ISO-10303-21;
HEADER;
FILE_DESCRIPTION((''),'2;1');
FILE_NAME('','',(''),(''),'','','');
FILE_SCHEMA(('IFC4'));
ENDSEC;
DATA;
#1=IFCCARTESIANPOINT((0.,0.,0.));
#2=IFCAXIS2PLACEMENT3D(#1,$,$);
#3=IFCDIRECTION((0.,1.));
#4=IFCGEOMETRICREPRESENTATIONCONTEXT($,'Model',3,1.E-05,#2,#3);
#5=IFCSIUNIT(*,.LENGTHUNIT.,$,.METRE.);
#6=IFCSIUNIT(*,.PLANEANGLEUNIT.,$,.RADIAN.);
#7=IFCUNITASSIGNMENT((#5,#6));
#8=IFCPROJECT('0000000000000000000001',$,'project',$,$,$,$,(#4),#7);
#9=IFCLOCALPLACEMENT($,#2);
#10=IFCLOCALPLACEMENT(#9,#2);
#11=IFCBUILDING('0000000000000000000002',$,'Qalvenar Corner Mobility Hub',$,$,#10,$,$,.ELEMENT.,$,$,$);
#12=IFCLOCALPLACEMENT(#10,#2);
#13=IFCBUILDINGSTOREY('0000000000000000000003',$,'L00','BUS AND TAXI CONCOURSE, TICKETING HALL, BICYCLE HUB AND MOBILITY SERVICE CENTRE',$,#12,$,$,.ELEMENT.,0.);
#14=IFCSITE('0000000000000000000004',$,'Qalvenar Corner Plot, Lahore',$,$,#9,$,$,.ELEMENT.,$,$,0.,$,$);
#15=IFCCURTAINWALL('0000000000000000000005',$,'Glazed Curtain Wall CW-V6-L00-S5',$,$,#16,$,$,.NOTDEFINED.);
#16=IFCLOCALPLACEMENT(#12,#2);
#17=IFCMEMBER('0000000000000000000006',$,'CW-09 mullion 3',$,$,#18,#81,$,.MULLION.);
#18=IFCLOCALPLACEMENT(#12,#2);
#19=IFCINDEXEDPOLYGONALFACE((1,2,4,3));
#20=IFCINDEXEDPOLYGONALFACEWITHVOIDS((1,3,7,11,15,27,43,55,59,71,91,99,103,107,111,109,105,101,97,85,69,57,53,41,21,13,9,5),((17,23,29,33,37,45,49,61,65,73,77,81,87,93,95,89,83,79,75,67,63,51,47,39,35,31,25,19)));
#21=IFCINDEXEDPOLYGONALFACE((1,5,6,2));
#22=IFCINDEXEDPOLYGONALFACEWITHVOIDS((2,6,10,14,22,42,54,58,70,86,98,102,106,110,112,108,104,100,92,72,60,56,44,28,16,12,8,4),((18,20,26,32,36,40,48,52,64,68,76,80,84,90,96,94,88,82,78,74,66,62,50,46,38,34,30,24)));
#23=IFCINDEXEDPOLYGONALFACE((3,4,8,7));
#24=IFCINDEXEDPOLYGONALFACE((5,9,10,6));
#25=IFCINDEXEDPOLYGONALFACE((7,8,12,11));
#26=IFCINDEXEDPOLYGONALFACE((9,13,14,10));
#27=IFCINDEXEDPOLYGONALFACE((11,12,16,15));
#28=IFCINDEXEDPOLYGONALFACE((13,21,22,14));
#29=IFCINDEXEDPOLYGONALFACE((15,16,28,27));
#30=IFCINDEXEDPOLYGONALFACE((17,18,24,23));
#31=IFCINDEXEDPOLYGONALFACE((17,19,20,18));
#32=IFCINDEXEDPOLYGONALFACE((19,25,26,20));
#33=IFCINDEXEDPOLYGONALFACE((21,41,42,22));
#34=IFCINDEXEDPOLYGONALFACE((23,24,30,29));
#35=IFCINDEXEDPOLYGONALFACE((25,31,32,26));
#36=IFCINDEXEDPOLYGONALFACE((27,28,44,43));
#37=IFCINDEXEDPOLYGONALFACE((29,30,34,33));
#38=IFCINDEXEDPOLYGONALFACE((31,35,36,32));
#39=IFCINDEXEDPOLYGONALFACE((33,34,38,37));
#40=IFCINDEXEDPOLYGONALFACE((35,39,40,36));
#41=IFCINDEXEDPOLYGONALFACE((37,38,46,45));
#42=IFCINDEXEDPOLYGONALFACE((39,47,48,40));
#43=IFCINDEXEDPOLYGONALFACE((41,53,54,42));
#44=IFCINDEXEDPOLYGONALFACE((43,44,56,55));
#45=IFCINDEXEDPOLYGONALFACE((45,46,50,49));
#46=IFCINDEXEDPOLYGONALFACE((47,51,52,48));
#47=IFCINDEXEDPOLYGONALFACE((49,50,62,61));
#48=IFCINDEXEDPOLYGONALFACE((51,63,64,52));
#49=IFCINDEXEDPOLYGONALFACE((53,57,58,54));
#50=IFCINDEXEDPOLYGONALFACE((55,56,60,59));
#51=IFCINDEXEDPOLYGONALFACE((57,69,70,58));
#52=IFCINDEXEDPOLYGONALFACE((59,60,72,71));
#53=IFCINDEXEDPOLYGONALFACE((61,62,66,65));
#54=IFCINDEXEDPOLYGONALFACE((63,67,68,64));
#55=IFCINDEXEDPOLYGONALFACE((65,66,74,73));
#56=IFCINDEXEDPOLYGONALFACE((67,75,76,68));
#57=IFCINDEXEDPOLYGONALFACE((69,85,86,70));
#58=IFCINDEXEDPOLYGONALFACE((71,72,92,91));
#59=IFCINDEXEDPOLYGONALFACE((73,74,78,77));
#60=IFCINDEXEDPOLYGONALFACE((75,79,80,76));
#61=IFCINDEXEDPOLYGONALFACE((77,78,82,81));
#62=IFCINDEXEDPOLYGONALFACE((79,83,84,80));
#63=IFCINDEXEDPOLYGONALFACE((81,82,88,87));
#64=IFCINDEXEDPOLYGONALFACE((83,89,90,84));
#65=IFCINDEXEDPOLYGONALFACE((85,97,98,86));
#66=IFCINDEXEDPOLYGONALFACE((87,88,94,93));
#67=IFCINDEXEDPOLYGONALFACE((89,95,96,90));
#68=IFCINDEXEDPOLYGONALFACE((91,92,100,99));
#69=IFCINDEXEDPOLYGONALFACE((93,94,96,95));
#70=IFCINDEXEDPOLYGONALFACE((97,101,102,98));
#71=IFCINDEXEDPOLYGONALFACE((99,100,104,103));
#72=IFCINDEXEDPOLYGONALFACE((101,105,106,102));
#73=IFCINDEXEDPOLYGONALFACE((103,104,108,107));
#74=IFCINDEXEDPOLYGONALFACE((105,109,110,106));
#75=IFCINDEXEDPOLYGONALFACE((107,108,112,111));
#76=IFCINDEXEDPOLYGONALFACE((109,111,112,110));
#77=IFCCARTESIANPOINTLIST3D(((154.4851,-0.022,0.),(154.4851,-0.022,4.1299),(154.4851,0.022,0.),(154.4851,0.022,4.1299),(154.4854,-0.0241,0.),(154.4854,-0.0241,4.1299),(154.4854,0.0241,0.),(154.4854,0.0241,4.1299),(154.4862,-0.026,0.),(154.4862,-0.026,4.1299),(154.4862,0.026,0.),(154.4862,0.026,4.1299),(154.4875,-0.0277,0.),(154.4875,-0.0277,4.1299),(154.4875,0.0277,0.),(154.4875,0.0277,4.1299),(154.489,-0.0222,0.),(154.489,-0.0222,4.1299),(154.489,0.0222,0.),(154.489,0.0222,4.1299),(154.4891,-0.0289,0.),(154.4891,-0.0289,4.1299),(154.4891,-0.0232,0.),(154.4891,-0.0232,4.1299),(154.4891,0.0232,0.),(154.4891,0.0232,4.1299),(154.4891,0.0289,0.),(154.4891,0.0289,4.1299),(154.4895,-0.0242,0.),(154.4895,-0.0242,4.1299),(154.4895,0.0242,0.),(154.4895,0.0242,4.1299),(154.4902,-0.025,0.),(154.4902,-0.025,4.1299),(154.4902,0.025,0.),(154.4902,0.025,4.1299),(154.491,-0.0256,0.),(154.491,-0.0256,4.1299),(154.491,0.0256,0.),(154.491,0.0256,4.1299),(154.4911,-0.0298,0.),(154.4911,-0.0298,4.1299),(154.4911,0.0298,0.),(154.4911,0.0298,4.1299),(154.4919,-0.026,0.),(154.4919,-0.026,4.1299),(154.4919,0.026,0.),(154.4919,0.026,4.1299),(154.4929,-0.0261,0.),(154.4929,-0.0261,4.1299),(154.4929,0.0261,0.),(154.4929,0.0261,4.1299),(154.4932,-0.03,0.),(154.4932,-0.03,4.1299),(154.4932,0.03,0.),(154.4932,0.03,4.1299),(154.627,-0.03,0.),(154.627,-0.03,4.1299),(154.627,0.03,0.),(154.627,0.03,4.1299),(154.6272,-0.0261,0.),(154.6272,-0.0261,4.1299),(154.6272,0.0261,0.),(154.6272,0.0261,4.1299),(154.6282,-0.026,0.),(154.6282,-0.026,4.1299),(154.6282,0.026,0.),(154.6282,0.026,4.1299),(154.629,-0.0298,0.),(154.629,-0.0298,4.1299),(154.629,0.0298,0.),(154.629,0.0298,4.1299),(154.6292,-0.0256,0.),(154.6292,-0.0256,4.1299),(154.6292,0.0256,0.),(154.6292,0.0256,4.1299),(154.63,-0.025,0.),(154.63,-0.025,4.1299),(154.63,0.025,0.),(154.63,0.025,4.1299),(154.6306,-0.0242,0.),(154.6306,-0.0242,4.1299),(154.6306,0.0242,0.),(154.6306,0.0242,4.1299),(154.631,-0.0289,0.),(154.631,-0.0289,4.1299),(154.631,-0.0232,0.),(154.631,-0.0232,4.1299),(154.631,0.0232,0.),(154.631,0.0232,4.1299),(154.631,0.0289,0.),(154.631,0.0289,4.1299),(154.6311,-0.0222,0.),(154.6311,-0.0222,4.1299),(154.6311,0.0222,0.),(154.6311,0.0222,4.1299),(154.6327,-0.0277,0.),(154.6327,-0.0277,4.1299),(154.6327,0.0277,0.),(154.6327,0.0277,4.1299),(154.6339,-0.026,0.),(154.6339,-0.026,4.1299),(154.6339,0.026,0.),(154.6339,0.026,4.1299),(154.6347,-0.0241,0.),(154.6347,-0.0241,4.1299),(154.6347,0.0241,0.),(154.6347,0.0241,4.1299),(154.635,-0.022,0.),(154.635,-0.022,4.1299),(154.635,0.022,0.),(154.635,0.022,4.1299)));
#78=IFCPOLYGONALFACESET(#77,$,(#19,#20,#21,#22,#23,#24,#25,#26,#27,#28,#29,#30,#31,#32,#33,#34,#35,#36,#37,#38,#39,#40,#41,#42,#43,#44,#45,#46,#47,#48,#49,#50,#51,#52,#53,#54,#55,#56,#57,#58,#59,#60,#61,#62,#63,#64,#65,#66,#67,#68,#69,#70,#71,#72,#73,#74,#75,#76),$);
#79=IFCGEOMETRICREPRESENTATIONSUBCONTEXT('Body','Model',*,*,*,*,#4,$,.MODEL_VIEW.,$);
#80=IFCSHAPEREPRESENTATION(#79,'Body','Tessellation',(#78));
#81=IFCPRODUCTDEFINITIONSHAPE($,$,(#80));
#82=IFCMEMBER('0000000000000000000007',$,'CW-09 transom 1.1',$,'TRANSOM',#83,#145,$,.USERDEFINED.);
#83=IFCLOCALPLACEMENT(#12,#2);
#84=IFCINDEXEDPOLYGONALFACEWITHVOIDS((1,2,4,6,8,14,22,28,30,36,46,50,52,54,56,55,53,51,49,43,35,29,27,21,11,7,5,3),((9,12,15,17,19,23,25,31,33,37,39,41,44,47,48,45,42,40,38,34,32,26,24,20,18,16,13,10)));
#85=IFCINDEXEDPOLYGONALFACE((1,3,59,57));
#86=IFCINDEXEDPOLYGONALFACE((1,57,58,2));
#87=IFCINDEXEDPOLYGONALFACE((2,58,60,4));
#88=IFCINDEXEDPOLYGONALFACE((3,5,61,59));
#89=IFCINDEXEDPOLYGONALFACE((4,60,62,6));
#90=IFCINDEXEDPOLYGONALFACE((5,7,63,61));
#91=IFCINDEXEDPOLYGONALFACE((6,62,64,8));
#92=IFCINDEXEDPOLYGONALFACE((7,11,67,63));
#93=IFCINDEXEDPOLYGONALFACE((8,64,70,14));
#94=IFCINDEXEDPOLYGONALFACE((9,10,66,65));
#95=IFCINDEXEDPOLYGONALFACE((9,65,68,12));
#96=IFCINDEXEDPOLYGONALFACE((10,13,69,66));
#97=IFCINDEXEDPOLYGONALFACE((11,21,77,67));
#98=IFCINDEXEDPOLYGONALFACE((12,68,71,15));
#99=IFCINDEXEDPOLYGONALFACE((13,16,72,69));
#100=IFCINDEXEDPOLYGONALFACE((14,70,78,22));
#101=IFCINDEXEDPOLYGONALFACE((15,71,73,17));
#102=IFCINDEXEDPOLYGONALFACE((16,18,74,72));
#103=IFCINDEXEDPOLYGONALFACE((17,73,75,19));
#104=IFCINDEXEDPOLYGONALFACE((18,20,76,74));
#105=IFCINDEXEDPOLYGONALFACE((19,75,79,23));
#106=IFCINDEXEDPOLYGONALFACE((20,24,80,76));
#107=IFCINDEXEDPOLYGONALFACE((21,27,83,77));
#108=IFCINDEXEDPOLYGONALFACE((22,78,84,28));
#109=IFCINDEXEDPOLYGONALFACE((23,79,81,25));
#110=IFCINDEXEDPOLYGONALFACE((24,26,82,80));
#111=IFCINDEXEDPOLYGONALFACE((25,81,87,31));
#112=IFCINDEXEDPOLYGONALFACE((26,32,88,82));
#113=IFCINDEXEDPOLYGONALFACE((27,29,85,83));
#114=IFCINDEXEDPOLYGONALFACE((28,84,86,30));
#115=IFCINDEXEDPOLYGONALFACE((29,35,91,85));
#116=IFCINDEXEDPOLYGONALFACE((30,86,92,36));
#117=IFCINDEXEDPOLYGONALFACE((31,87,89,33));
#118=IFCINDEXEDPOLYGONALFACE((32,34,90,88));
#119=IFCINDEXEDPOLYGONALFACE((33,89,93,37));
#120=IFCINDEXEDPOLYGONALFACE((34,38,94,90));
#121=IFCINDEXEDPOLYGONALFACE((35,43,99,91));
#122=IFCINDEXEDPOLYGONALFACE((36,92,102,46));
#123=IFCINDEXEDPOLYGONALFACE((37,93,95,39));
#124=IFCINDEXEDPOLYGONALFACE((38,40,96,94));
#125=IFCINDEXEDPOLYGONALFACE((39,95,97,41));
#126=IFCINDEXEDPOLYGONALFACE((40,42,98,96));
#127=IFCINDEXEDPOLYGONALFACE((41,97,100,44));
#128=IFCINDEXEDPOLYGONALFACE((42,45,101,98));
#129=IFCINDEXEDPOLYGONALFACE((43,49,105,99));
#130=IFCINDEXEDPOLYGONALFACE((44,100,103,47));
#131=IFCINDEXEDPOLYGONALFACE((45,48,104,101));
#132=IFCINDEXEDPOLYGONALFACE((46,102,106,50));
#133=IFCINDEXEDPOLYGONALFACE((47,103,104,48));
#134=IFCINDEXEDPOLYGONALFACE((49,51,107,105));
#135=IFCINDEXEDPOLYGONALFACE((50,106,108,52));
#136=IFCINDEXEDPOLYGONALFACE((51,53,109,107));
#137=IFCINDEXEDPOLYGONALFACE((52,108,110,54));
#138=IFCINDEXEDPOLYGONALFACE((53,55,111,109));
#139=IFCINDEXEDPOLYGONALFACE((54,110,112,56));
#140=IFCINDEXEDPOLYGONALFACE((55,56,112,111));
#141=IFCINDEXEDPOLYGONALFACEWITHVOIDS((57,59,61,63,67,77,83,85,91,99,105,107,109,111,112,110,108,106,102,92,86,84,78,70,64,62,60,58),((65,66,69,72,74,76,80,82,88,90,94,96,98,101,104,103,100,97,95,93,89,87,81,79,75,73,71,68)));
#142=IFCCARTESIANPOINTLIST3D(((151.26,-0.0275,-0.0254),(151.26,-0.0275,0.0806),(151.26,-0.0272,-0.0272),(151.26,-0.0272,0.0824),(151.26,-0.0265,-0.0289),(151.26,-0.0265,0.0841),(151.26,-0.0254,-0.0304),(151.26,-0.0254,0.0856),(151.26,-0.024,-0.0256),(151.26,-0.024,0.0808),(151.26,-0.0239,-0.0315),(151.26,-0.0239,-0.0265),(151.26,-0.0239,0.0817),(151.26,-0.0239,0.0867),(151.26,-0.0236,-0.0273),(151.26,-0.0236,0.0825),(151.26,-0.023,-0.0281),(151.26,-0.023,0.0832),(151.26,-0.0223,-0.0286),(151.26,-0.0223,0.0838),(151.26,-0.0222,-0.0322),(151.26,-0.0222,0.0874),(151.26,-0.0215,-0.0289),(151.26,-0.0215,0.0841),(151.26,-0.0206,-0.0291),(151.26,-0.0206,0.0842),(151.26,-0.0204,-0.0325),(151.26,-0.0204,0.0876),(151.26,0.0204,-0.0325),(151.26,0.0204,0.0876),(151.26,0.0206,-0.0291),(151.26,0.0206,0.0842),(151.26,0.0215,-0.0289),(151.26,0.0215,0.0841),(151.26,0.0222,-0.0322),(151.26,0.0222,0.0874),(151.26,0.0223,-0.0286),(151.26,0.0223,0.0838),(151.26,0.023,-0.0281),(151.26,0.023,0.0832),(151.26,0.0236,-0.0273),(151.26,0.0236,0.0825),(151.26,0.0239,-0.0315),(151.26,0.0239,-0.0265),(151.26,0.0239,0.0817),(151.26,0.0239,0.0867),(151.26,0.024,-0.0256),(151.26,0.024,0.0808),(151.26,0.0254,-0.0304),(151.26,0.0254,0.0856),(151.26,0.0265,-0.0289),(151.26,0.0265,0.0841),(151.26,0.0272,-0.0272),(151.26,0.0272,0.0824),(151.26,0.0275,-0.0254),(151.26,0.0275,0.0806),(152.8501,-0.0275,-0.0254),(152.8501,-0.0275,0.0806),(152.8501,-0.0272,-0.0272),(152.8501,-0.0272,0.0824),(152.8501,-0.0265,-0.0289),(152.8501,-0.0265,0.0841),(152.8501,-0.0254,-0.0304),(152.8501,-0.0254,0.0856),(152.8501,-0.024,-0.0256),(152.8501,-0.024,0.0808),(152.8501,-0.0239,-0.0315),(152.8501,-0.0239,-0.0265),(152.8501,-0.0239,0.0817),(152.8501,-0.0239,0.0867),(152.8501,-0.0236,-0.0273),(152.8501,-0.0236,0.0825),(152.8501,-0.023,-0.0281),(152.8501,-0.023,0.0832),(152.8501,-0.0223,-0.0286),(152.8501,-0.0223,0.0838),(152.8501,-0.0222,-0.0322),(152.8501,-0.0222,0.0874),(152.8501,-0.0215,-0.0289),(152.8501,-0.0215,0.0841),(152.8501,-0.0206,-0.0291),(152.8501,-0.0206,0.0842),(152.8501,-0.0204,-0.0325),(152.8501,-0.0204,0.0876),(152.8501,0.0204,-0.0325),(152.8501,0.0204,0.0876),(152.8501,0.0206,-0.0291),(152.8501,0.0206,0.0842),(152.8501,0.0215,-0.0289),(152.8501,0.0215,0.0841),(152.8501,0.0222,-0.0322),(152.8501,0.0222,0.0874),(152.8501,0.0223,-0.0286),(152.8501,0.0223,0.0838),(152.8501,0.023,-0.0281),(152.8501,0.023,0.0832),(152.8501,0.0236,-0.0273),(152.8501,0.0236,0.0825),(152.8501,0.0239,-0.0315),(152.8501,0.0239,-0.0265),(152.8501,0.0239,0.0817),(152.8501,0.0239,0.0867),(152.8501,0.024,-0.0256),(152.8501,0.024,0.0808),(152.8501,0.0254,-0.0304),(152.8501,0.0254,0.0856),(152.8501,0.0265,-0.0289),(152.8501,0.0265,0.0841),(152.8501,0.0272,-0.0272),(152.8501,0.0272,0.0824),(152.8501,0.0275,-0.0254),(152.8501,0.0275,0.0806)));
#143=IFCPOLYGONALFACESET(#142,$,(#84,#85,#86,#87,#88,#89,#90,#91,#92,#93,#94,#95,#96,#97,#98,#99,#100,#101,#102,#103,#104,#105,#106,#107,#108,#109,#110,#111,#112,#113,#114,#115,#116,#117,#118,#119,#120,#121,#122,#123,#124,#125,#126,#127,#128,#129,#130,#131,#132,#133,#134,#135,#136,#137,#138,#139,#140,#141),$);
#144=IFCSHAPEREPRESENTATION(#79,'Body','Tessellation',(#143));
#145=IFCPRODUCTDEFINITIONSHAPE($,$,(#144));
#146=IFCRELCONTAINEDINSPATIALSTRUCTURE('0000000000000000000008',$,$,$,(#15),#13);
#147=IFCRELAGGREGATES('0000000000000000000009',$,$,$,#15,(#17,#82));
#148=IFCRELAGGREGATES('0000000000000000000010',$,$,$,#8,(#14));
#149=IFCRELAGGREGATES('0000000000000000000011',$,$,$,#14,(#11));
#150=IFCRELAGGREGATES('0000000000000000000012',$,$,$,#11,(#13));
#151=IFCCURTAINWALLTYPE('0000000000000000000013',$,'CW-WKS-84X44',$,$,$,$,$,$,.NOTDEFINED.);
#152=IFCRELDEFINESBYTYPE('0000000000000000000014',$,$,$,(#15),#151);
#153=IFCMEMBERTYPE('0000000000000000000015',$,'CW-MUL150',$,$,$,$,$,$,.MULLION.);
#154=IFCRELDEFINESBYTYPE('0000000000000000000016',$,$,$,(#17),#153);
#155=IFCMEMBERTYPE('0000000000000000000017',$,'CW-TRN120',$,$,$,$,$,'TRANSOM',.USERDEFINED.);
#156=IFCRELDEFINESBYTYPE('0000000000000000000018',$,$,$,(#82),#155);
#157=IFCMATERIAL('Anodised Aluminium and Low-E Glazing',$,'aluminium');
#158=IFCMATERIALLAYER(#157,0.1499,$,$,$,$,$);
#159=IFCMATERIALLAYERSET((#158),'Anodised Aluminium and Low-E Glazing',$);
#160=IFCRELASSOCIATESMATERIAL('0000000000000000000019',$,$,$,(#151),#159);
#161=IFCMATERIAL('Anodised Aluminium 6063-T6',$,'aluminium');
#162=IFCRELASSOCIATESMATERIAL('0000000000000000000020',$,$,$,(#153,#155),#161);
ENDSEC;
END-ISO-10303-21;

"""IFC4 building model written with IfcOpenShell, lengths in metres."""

from ifc_helpers import new_model, si_unit, direction, frame, origin, origin_2d, place, context, subcontext, project, spatial, hollow_rectangle, extrude, material, layer, layer_set, material_profile, profile_set, type_object, element, aggregate, save


model = new_model("IFC4")

# Units and contexts
model_context = context("Model", 3, precision=1e-05, world=origin(), true_north=direction((0.0, 1.0)))
body_context = subcontext(model_context, "Body", "Model", "MODEL_VIEW")
ifc_project = project(units=[si_unit("LENGTHUNIT", "METRE"), si_unit("PLANEANGLEUNIT", "RADIAN")], contexts=[model_context])

# Site, building, storey
site_placement = place(None, origin())
site = spatial("IfcSite", under=ifc_project, at=site_placement, Name="Qalvenar Corner Plot, Lahore", CompositionType="ELEMENT", RefElevation=0.0)
building_placement = place(site_placement, origin())
building = spatial("IfcBuilding", under=site, at=building_placement, Name="Qalvenar Corner Mobility Hub", CompositionType="ELEMENT")
storey_placement = place(building_placement, origin())
storey = spatial("IfcBuildingStorey", under=building, at=storey_placement, Name="L00", Description="BUS AND TAXI CONCOURSE, TICKETING HALL, BICYCLE HUB AND MOBILITY SERVICE CENTRE", CompositionType="ELEMENT", Elevation=0.0)

# Curtain wall, members
ifc_material_1 = material(Name="Anodised Aluminium and Low-E Glazing", Category="aluminium")
ifc_layer_1 = layer(ifc_material_1, 0.1499)
ifc_layer_set_1 = layer_set([ifc_layer_1], Name="Anodised Aluminium and Low-E Glazing")
curtain_wall_type = type_object("IfcCurtainWallType", Name="CW-WKS-84X44", PredefinedType="NOTDEFINED", material=ifc_layer_set_1)
curtain_wall_placement = place(storey_placement, origin())
curtain_wall = element("IfcCurtainWall", 1, at=curtain_wall_placement, inside=storey, type_object=curtain_wall_type, Name="Glazed Curtain Wall CW-V6-L00-S5", PredefinedType="NOTDEFINED")
ifc_material_2 = material(Name="Anodised Aluminium 6063-T6", Category="aluminium")
ifc_material_profile_1 = material_profile(ifc_material_2, hollow_rectangle(XDim=0.0601, YDim=0.1499, WallThickness=0.0039, InnerFilletRadius=0.0039, OuterFilletRadius=0.0081, at=origin_2d()), Name="RHS150x60x4")
ifc_profile_set_1 = profile_set([ifc_material_profile_1], Name="Anodised Aluminium 6063-T6")
member_type_1 = type_object("IfcMemberType", Name="CW-MUL150", PredefinedType="MULLION", material=ifc_profile_set_1)
member_1_placement = place(storey_placement, frame((154.5601, 0.0, 0.0), z_axis=(0.0, 0.0, 1.0), x_axis=(0.0, 1.0, 0.0)))
member_1 = element("IfcMember", 2, at=member_1_placement, type_object=member_type_1, Name="CW-09 mullion 3", PredefinedType="MULLION", context=body_context, shape_type="SweptSolid", body=[
    extrude(hollow_rectangle(XDim=0.0601, YDim=0.1499, WallThickness=0.0039, InnerFilletRadius=0.0039, OuterFilletRadius=0.0081, at=origin_2d()), origin(), (0.0, 0.0, 1.0), 4.1299),
])
ifc_material_profile_2 = material_profile(ifc_material_2, hollow_rectangle(XDim=0.0549, YDim=0.1201, WallThickness=0.0034, InnerFilletRadius=0.0034, OuterFilletRadius=0.0071, at=origin_2d()), Name="RHS120x55x3.5")
ifc_profile_set_2 = profile_set([ifc_material_profile_2], Name="Anodised Aluminium 6063-T6")
member_type_2 = type_object("IfcMemberType", Name="CW-TRN120", ElementType="TRANSOM", PredefinedType="USERDEFINED", material=ifc_profile_set_2)
member_2_placement = place(storey_placement, frame((151.26, 0.0, 0.0276), z_axis=(1.0, 0.0, 0.0), x_axis=(0.0, 1.0, 0.0)))
member_2 = element("IfcMember", 3, at=member_2_placement, type_object=member_type_2, Name="CW-09 transom 1.1", ObjectType="TRANSOM", PredefinedType="USERDEFINED", context=body_context, shape_type="SweptSolid", body=[
    extrude(hollow_rectangle(XDim=0.0549, YDim=0.1201, WallThickness=0.0034, InnerFilletRadius=0.0034, OuterFilletRadius=0.0071, at=origin_2d()), origin(), (0.0, 0.0, 1.0), 1.5901),
])
aggregate(curtain_wall, [member_1, member_2])

save(model, "model.ifc")
